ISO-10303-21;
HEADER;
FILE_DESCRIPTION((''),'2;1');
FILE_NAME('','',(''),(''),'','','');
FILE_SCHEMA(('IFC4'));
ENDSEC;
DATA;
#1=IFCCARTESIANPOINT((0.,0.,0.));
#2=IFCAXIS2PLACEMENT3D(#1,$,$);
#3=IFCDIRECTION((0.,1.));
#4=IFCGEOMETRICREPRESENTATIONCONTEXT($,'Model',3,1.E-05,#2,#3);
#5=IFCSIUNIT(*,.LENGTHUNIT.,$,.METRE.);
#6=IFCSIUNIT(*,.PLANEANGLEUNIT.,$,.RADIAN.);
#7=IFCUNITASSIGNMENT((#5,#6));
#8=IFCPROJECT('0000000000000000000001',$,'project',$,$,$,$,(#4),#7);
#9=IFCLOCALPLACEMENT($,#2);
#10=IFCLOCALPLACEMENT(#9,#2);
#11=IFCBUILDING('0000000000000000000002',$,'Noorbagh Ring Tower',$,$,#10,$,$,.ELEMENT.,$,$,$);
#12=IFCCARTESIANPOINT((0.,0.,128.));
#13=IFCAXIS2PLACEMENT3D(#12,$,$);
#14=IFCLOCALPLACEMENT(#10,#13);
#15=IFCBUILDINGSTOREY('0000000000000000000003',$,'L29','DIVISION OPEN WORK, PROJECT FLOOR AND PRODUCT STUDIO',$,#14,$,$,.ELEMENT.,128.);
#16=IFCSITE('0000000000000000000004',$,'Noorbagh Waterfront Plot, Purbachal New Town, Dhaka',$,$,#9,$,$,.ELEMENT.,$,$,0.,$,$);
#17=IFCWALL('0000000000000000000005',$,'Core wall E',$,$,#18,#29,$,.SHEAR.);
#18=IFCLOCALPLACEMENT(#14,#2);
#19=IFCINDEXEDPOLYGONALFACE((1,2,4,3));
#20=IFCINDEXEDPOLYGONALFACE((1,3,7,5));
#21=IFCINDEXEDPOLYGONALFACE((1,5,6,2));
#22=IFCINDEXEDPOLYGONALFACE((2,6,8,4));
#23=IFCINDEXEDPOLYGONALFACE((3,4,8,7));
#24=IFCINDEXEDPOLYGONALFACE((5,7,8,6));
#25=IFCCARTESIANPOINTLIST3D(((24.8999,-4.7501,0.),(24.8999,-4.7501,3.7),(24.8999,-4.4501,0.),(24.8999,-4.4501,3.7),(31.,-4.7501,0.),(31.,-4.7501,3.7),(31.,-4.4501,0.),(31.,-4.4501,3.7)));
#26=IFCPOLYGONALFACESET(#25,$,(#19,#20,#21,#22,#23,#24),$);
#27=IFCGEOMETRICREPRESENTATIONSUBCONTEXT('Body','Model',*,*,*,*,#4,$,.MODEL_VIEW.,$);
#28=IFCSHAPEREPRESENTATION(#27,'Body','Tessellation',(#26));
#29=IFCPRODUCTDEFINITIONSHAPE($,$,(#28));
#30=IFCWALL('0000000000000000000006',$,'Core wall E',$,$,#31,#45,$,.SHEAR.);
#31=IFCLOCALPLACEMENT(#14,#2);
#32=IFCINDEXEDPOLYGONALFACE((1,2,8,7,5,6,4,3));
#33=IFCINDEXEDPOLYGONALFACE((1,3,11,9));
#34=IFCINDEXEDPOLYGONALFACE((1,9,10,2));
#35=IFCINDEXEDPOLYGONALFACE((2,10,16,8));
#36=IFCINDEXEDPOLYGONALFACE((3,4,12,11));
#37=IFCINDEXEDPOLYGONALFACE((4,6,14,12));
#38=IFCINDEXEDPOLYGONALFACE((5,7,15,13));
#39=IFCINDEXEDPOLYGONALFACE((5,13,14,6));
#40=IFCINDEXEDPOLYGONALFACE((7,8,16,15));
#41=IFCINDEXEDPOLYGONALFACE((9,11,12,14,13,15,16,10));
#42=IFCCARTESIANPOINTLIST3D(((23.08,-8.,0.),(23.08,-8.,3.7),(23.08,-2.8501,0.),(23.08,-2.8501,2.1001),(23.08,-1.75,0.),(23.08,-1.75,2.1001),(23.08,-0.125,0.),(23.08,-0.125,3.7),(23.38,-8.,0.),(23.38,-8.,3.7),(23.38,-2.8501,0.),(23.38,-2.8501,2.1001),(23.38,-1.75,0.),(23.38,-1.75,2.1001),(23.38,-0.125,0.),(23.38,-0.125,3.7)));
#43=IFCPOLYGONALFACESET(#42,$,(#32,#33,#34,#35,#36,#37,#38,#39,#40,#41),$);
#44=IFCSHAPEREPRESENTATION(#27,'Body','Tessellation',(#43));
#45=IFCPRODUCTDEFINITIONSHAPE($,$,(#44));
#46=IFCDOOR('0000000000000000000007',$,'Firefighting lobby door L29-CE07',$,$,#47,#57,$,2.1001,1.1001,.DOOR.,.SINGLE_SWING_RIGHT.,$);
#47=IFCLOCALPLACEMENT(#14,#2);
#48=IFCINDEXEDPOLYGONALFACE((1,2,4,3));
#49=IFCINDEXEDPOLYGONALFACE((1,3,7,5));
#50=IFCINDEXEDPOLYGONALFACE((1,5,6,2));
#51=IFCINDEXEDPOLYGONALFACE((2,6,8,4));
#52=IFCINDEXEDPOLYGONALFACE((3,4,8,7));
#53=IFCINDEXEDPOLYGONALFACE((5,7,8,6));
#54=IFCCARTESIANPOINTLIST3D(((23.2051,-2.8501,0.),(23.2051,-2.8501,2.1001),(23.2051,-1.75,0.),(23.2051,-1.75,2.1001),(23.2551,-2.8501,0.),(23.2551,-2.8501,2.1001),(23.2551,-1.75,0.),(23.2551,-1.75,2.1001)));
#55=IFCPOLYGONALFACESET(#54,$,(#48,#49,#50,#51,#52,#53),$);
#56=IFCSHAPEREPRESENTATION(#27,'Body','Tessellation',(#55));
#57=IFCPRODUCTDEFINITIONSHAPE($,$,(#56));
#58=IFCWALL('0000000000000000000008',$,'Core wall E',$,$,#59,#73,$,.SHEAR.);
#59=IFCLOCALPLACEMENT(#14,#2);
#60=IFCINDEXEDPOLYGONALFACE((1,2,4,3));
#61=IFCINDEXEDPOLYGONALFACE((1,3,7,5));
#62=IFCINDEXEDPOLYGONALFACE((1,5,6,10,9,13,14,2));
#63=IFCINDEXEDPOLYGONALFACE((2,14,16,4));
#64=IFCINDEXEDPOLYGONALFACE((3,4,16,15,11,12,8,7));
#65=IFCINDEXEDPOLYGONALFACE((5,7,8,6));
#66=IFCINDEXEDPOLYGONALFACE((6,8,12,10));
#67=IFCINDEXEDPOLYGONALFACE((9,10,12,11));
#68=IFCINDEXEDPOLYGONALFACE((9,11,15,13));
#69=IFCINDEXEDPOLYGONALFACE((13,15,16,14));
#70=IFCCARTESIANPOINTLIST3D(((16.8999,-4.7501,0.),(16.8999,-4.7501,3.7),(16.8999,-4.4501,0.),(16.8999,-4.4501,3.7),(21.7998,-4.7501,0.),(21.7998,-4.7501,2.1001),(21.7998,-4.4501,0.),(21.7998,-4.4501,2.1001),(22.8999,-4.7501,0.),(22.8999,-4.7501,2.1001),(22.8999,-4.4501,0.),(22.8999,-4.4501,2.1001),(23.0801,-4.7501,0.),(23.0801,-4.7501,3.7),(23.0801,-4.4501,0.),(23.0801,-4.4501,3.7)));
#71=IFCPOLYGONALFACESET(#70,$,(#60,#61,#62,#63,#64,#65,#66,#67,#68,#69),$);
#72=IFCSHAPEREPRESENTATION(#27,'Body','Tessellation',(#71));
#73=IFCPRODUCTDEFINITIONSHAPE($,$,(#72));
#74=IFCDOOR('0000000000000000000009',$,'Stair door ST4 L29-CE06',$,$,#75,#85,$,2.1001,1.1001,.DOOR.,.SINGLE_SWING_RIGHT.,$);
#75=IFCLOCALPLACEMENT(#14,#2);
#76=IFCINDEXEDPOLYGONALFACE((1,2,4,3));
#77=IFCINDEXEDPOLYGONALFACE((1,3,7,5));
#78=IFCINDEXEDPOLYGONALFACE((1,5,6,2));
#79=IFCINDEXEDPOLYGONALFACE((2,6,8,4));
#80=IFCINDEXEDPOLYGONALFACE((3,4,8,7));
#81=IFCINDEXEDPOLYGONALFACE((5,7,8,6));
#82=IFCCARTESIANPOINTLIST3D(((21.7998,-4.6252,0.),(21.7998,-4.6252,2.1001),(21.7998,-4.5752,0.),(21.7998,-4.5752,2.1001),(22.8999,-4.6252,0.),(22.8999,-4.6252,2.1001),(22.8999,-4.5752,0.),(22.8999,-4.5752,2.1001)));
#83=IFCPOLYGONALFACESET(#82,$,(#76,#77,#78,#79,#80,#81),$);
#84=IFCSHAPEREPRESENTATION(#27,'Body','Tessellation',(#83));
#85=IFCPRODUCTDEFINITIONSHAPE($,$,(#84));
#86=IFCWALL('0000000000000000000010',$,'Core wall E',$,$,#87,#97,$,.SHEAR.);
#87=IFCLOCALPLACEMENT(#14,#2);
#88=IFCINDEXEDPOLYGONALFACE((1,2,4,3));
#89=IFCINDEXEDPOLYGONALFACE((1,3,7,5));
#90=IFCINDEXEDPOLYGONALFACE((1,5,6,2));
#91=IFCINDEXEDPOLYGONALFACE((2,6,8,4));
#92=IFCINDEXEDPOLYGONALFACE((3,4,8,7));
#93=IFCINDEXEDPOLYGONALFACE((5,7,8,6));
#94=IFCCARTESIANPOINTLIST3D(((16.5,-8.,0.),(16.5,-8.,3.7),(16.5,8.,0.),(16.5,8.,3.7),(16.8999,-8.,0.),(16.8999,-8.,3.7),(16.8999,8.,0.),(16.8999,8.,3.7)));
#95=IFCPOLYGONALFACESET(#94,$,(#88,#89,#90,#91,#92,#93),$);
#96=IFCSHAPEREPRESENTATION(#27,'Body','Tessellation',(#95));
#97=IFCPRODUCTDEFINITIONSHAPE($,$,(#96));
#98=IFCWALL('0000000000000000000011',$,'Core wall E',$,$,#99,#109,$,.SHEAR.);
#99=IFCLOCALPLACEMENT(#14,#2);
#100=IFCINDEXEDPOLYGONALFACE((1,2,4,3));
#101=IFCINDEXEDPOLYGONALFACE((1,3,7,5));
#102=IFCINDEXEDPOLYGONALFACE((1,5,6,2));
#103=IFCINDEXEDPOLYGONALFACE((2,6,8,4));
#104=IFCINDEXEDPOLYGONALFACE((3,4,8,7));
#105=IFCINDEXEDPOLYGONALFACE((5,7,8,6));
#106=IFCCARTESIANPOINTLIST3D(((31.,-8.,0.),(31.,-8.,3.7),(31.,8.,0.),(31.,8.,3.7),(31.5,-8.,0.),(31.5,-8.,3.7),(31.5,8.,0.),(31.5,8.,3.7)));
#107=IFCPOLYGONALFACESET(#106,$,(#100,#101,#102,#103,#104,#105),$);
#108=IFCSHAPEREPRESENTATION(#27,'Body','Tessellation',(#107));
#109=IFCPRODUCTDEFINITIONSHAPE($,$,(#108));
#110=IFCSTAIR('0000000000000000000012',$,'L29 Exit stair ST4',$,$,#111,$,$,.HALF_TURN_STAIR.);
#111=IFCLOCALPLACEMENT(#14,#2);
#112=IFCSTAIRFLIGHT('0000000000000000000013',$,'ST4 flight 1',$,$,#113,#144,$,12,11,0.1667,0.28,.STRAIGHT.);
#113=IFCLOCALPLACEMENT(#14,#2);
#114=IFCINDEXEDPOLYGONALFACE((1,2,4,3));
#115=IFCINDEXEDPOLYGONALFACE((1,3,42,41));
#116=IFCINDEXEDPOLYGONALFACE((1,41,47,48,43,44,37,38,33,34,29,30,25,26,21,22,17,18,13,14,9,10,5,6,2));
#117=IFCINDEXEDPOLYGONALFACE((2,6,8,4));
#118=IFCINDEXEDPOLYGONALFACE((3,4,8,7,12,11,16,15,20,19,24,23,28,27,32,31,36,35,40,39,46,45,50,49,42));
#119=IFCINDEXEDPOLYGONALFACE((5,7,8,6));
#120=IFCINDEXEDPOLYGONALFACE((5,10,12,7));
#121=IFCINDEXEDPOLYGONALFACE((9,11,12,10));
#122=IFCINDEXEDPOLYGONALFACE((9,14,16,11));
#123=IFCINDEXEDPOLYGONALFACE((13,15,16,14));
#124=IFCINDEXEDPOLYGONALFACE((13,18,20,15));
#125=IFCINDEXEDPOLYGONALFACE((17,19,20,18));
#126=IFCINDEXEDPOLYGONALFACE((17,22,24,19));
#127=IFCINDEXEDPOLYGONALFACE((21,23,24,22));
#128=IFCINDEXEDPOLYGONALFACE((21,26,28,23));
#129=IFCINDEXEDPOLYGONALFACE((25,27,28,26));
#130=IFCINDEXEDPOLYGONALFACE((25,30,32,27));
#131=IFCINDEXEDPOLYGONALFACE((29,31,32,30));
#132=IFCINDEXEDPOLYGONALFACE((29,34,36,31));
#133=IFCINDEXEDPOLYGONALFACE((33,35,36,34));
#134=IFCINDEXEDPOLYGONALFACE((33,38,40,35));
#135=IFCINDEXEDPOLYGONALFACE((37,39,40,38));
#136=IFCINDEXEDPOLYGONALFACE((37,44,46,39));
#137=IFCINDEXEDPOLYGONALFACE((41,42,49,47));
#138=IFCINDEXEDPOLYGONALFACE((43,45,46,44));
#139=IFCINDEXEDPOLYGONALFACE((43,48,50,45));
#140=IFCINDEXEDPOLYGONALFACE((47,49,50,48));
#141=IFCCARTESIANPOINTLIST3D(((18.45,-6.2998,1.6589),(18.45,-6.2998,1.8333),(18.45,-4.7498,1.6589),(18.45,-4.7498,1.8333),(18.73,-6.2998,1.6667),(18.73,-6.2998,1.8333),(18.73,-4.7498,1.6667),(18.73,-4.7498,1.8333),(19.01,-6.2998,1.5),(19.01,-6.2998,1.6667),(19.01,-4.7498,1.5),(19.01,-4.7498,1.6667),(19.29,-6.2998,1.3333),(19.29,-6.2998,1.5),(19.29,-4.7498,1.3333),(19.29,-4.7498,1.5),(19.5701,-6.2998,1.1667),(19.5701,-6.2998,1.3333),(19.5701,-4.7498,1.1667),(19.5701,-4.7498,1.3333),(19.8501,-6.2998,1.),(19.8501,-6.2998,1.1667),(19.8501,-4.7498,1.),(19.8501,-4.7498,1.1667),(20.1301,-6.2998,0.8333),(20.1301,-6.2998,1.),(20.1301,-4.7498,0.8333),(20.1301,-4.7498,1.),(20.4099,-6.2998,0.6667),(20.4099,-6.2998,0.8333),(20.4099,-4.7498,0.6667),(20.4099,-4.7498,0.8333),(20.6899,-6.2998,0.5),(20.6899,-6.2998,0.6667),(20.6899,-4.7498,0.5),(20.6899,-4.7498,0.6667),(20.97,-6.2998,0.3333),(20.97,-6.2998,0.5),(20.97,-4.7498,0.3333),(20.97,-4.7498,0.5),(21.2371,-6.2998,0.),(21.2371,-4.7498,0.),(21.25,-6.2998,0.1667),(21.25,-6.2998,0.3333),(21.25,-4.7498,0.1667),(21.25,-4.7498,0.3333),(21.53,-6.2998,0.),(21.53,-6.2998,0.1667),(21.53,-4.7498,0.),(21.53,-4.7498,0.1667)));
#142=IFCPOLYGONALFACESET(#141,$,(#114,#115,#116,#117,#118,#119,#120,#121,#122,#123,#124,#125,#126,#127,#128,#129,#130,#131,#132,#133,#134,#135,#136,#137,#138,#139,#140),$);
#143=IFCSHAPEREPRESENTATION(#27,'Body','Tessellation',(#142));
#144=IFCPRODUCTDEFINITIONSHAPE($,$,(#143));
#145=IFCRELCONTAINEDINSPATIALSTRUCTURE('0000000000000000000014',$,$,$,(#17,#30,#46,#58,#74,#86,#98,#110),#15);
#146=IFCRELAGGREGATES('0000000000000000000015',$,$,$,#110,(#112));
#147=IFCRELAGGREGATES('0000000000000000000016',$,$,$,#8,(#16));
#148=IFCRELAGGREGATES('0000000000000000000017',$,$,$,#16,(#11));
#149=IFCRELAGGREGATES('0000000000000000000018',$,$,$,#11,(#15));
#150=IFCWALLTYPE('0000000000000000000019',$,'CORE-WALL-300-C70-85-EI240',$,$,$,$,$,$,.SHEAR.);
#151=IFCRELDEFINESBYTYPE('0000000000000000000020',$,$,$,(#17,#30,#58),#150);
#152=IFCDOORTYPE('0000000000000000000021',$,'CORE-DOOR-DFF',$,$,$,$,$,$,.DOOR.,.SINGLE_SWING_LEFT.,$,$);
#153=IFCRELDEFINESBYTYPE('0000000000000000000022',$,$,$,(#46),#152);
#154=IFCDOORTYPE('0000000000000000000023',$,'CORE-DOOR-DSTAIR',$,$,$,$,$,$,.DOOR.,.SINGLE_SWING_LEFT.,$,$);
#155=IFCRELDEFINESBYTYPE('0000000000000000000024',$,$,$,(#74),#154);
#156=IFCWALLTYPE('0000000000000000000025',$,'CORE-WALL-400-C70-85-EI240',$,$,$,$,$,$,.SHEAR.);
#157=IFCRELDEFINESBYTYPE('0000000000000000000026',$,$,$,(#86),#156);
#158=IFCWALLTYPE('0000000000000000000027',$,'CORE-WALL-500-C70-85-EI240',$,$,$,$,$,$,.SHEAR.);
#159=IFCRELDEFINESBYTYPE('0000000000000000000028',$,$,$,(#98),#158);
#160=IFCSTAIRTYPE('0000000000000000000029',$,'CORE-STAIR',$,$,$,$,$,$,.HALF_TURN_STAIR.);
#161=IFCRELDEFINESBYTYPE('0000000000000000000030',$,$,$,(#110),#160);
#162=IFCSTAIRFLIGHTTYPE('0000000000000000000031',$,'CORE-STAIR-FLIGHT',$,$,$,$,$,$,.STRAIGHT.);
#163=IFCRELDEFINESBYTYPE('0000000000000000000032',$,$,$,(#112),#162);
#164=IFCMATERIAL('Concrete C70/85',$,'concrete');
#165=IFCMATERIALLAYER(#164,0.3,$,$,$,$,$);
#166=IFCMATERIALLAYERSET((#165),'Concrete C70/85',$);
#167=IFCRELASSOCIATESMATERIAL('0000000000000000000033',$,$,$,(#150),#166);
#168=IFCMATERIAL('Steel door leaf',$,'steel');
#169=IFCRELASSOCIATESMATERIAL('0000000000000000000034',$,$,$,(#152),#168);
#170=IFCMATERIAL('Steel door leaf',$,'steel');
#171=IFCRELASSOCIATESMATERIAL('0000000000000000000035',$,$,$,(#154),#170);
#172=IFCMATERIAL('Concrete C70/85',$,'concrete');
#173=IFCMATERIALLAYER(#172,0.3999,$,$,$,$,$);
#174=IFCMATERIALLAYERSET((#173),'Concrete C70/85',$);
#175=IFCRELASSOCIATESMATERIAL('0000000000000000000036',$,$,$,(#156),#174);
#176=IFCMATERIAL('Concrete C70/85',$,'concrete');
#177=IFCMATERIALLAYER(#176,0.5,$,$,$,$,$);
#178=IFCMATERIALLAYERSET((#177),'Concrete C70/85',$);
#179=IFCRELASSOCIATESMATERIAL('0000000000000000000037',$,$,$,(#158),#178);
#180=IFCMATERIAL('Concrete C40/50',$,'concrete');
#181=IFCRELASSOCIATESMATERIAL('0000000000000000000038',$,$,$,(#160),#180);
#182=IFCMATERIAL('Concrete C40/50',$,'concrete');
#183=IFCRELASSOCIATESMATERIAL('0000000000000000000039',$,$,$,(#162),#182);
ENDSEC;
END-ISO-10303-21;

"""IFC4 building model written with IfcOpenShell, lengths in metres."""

from ifc_helpers import new_model, si_unit, direction, frame, frame_2d, origin, place, context, subcontext, project, spatial, polyline, rectangle, outline, extrude, material, layer, layer_set, type_object, element, fill, aggregate, save


model = new_model("IFC4")

# Units and contexts
model_context = context("Model", 3, precision=1e-05, world=origin(), true_north=direction((0.0, 1.0)))
body_context = subcontext(model_context, "Body", "Model", "MODEL_VIEW")
ifc_project = project(units=[si_unit("LENGTHUNIT", "METRE"), si_unit("PLANEANGLEUNIT", "RADIAN")], contexts=[model_context])

# Site, building, storey
site_placement = place(None, origin())
site = spatial("IfcSite", under=ifc_project, at=site_placement, Name="Noorbagh Waterfront Plot, Purbachal New Town, Dhaka", CompositionType="ELEMENT", RefElevation=0.0)
building_placement = place(site_placement, origin())
building = spatial("IfcBuilding", under=site, at=building_placement, Name="Noorbagh Ring Tower", CompositionType="ELEMENT")
storey_placement = place(building_placement, frame((0.0, 0.0, 128.0)))
storey = spatial("IfcBuildingStorey", under=building, at=storey_placement, Name="L29", Description="DIVISION OPEN WORK, PROJECT FLOOR AND PRODUCT STUDIO", CompositionType="ELEMENT", Elevation=128.0)

# Wall
ifc_material_1 = material(Name="Concrete C70/85", Category="concrete")
ifc_layer_1 = layer(ifc_material_1, 0.3)
ifc_layer_set_1 = layer_set([ifc_layer_1], Name="Concrete C70/85")
wall_type_1 = type_object("IfcWallType", Name="CORE-WALL-300-C70-85-EI240", PredefinedType="SHEAR", material=ifc_layer_set_1)
wall_1_placement = place(storey_placement, frame((24.8999, -4.6001, 0.0), z_axis=(0.0, 0.0, 1.0), x_axis=(1.0, 0.0, 0.0)))
element("IfcWall", 1, at=wall_1_placement, inside=storey, type_object=wall_type_1, Name="Core wall E", PredefinedType="SHEAR", context=body_context, shape_type="SweptSolid", body=[
    extrude(rectangle(XDim=6.1001, YDim=0.3, at=frame_2d((3.05, 0.0))), origin(), (0.0, 0.0, 1.0), 3.7),
])

# Walls, openings, doors
wall_2_placement = place(storey_placement, frame((23.23, -8.0, 0.0), z_axis=(0.0, 0.0, 1.0), x_axis=(0.0, 1.0, 0.0)))
wall_2 = element("IfcWall", 2, at=wall_2_placement, inside=storey, type_object=wall_type_1, Name="Core wall E", PredefinedType="SHEAR", context=body_context, shape_type="SweptSolid", body=[
    extrude(rectangle(XDim=7.875, YDim=0.3, at=frame_2d((3.9375, 0.0))), origin(), (0.0, 0.0, 1.0), 3.7),
])
opening_1_placement = place(wall_2_placement, frame((5.1499, 0.0, 0.0)))
opening_1 = element("IfcOpeningElement", 3, at=opening_1_placement, cuts=wall_2, PredefinedType="OPENING", context=body_context, shape_type="SweptSolid", body=[
    extrude(rectangle(XDim=1.1001, YDim=2.1001, at=frame_2d((0.55, 1.05))), frame((0.0, 0.1602, 0.0), z_axis=(0.0, -1.0, 0.0), x_axis=(1.0, 0.0, 0.0)), (0.0, 0.0, 1.0), 0.3201),
])
ifc_material_2 = material(Name="Steel door leaf", Category="steel")
door_type_1 = type_object("IfcDoorType", Name="CORE-DOOR-DFF", OperationType="SINGLE_SWING_LEFT", PredefinedType="DOOR", material=ifc_material_2)
door_1_placement = place(opening_1_placement, origin())
door_1 = element("IfcDoor", 4, at=door_1_placement, inside=storey, type_object=door_type_1, Name="Firefighting lobby door L29-CE07", OperationType="SINGLE_SWING_RIGHT", OverallHeight=2.1001, OverallWidth=1.1001, PredefinedType="DOOR", context=body_context, shape_type="SweptSolid", body=[
    extrude(rectangle(XDim=1.1001, YDim=2.1001, at=frame_2d((0.55, 1.05))), frame((0.0, 0.0249, 0.0), z_axis=(0.0, -1.0, 0.0), x_axis=(1.0, 0.0, 0.0)), (0.0, 0.0, 1.0), 0.05),
])
fill(opening_1, door_1)
wall_3_placement = place(storey_placement, frame((16.8999, -4.6001, 0.0), z_axis=(0.0, 0.0, 1.0), x_axis=(1.0, 0.0, 0.0)))
wall_3 = element("IfcWall", 5, at=wall_3_placement, inside=storey, type_object=wall_type_1, Name="Core wall E", PredefinedType="SHEAR", context=body_context, shape_type="SweptSolid", body=[
    extrude(rectangle(XDim=6.1802, YDim=0.3, at=frame_2d((3.0901, 0.0))), origin(), (0.0, 0.0, 1.0), 3.7),
])
opening_2_placement = place(wall_3_placement, frame((4.8999, 0.0, 0.0)))
opening_2 = element("IfcOpeningElement", 6, at=opening_2_placement, cuts=wall_3, PredefinedType="OPENING", context=body_context, shape_type="SweptSolid", body=[
    extrude(rectangle(XDim=1.1001, YDim=2.1001, at=frame_2d((0.55, 1.05))), frame((0.0, 0.1602, 0.0), z_axis=(0.0, -1.0, 0.0), x_axis=(1.0, 0.0, 0.0)), (0.0, 0.0, 1.0), 0.3201),
])
ifc_material_3 = material(Name="Steel door leaf", Category="steel")
door_type_2 = type_object("IfcDoorType", Name="CORE-DOOR-DSTAIR", OperationType="SINGLE_SWING_LEFT", PredefinedType="DOOR", material=ifc_material_3)
door_2_placement = place(opening_2_placement, origin())
door_2 = element("IfcDoor", 7, at=door_2_placement, inside=storey, type_object=door_type_2, Name="Stair door ST4 L29-CE06", OperationType="SINGLE_SWING_RIGHT", OverallHeight=2.1001, OverallWidth=1.1001, PredefinedType="DOOR", context=body_context, shape_type="SweptSolid", body=[
    extrude(rectangle(XDim=1.1001, YDim=2.1001, at=frame_2d((0.55, 1.05))), frame((0.0, 0.0249, 0.0), z_axis=(0.0, -1.0, 0.0), x_axis=(1.0, 0.0, 0.0)), (0.0, 0.0, 1.0), 0.05),
])
fill(opening_2, door_2)

# Walls
ifc_material_4 = material(Name="Concrete C70/85", Category="concrete")
ifc_layer_2 = layer(ifc_material_4, 0.3999)
ifc_layer_set_2 = layer_set([ifc_layer_2], Name="Concrete C70/85")
wall_type_2 = type_object("IfcWallType", Name="CORE-WALL-400-C70-85-EI240", PredefinedType="SHEAR", material=ifc_layer_set_2)
wall_4_placement = place(storey_placement, frame((16.7, -8.0, 0.0), z_axis=(0.0, 0.0, 1.0), x_axis=(0.0, 1.0, 0.0)))
element("IfcWall", 8, at=wall_4_placement, inside=storey, type_object=wall_type_2, Name="Core wall E", PredefinedType="SHEAR", context=body_context, shape_type="SweptSolid", body=[
    extrude(rectangle(XDim=16.0, YDim=0.3999, at=frame_2d((8.0, 0.0))), origin(), (0.0, 0.0, 1.0), 3.7),
])
ifc_material_5 = material(Name="Concrete C70/85", Category="concrete")
ifc_layer_3 = layer(ifc_material_5, 0.5)
ifc_layer_set_3 = layer_set([ifc_layer_3], Name="Concrete C70/85")
wall_type_3 = type_object("IfcWallType", Name="CORE-WALL-500-C70-85-EI240", PredefinedType="SHEAR", material=ifc_layer_set_3)
wall_5_placement = place(storey_placement, frame((31.25, -8.0, 0.0), z_axis=(0.0, 0.0, 1.0), x_axis=(0.0, 1.0, 0.0)))
element("IfcWall", 9, at=wall_5_placement, inside=storey, type_object=wall_type_3, Name="Core wall E", PredefinedType="SHEAR", context=body_context, shape_type="SweptSolid", body=[
    extrude(rectangle(XDim=16.0, YDim=0.5, at=frame_2d((8.0, 0.0))), origin(), (0.0, 0.0, 1.0), 3.7),
])

# Stair, stair flight
ifc_material_6 = material(Name="Concrete C40/50", Category="concrete")
stair_type = type_object("IfcStairType", Name="CORE-STAIR", PredefinedType="HALF_TURN_STAIR", material=ifc_material_6)
stair_placement = place(storey_placement, origin())
stair = element("IfcStair", 10, at=stair_placement, inside=storey, type_object=stair_type, Name="L29 Exit stair ST4", PredefinedType="HALF_TURN_STAIR")
ifc_material_7 = material(Name="Concrete C40/50", Category="concrete")
stair_flight_type = type_object("IfcStairFlightType", Name="CORE-STAIR-FLIGHT", PredefinedType="STRAIGHT", material=ifc_material_7)
stair_flight_1_placement = place(storey_placement, frame((21.53, -5.5249, 0.0), z_axis=(0.0, 0.0, 1.0), x_axis=(-1.0, 0.0, 0.0)))
stair_flight_1 = element("IfcStairFlight", 11, at=stair_flight_1_placement, type_object=stair_flight_type, Name="ST4 flight 1", NumberOfRisers=12, NumberOfTreads=11, PredefinedType="STRAIGHT", RiserHeight=0.1667, TreadLength=0.28, context=body_context, shape_type="SweptSolid", body=[
    extrude(outline(polyline([(0.0, 0.0), (0.0, 0.1667), (0.28, 0.1667), (0.28, 0.3333), (0.5601, 0.3333), (0.5601, 0.5), (0.8401, 0.5), (0.8401, 0.6667), (1.1201, 0.6667), (1.1201, 0.8333), (1.3999, 0.8333), (1.3999, 1.0), (1.6799, 1.0), (1.6799, 1.1667), (1.96, 1.1667), (1.96, 1.3333), (2.24, 1.3333), (2.24, 1.5), (2.52, 1.5), (2.52, 1.6667), (2.8, 1.6667), (2.8, 1.8333), (3.0801, 1.8333), (3.0801, 2.0), (3.0801, 1.6589), (0.293, 0.0), (0.0, 0.0)])), frame((0.0, 0.7749, 0.0), z_axis=(0.0, -1.0, 0.0), x_axis=(1.0, 0.0, 0.0)), (0.0, 0.0, 1.0), 1.55),
])
aggregate(stair, [stair_flight_1])

save(model, "model.ifc")
